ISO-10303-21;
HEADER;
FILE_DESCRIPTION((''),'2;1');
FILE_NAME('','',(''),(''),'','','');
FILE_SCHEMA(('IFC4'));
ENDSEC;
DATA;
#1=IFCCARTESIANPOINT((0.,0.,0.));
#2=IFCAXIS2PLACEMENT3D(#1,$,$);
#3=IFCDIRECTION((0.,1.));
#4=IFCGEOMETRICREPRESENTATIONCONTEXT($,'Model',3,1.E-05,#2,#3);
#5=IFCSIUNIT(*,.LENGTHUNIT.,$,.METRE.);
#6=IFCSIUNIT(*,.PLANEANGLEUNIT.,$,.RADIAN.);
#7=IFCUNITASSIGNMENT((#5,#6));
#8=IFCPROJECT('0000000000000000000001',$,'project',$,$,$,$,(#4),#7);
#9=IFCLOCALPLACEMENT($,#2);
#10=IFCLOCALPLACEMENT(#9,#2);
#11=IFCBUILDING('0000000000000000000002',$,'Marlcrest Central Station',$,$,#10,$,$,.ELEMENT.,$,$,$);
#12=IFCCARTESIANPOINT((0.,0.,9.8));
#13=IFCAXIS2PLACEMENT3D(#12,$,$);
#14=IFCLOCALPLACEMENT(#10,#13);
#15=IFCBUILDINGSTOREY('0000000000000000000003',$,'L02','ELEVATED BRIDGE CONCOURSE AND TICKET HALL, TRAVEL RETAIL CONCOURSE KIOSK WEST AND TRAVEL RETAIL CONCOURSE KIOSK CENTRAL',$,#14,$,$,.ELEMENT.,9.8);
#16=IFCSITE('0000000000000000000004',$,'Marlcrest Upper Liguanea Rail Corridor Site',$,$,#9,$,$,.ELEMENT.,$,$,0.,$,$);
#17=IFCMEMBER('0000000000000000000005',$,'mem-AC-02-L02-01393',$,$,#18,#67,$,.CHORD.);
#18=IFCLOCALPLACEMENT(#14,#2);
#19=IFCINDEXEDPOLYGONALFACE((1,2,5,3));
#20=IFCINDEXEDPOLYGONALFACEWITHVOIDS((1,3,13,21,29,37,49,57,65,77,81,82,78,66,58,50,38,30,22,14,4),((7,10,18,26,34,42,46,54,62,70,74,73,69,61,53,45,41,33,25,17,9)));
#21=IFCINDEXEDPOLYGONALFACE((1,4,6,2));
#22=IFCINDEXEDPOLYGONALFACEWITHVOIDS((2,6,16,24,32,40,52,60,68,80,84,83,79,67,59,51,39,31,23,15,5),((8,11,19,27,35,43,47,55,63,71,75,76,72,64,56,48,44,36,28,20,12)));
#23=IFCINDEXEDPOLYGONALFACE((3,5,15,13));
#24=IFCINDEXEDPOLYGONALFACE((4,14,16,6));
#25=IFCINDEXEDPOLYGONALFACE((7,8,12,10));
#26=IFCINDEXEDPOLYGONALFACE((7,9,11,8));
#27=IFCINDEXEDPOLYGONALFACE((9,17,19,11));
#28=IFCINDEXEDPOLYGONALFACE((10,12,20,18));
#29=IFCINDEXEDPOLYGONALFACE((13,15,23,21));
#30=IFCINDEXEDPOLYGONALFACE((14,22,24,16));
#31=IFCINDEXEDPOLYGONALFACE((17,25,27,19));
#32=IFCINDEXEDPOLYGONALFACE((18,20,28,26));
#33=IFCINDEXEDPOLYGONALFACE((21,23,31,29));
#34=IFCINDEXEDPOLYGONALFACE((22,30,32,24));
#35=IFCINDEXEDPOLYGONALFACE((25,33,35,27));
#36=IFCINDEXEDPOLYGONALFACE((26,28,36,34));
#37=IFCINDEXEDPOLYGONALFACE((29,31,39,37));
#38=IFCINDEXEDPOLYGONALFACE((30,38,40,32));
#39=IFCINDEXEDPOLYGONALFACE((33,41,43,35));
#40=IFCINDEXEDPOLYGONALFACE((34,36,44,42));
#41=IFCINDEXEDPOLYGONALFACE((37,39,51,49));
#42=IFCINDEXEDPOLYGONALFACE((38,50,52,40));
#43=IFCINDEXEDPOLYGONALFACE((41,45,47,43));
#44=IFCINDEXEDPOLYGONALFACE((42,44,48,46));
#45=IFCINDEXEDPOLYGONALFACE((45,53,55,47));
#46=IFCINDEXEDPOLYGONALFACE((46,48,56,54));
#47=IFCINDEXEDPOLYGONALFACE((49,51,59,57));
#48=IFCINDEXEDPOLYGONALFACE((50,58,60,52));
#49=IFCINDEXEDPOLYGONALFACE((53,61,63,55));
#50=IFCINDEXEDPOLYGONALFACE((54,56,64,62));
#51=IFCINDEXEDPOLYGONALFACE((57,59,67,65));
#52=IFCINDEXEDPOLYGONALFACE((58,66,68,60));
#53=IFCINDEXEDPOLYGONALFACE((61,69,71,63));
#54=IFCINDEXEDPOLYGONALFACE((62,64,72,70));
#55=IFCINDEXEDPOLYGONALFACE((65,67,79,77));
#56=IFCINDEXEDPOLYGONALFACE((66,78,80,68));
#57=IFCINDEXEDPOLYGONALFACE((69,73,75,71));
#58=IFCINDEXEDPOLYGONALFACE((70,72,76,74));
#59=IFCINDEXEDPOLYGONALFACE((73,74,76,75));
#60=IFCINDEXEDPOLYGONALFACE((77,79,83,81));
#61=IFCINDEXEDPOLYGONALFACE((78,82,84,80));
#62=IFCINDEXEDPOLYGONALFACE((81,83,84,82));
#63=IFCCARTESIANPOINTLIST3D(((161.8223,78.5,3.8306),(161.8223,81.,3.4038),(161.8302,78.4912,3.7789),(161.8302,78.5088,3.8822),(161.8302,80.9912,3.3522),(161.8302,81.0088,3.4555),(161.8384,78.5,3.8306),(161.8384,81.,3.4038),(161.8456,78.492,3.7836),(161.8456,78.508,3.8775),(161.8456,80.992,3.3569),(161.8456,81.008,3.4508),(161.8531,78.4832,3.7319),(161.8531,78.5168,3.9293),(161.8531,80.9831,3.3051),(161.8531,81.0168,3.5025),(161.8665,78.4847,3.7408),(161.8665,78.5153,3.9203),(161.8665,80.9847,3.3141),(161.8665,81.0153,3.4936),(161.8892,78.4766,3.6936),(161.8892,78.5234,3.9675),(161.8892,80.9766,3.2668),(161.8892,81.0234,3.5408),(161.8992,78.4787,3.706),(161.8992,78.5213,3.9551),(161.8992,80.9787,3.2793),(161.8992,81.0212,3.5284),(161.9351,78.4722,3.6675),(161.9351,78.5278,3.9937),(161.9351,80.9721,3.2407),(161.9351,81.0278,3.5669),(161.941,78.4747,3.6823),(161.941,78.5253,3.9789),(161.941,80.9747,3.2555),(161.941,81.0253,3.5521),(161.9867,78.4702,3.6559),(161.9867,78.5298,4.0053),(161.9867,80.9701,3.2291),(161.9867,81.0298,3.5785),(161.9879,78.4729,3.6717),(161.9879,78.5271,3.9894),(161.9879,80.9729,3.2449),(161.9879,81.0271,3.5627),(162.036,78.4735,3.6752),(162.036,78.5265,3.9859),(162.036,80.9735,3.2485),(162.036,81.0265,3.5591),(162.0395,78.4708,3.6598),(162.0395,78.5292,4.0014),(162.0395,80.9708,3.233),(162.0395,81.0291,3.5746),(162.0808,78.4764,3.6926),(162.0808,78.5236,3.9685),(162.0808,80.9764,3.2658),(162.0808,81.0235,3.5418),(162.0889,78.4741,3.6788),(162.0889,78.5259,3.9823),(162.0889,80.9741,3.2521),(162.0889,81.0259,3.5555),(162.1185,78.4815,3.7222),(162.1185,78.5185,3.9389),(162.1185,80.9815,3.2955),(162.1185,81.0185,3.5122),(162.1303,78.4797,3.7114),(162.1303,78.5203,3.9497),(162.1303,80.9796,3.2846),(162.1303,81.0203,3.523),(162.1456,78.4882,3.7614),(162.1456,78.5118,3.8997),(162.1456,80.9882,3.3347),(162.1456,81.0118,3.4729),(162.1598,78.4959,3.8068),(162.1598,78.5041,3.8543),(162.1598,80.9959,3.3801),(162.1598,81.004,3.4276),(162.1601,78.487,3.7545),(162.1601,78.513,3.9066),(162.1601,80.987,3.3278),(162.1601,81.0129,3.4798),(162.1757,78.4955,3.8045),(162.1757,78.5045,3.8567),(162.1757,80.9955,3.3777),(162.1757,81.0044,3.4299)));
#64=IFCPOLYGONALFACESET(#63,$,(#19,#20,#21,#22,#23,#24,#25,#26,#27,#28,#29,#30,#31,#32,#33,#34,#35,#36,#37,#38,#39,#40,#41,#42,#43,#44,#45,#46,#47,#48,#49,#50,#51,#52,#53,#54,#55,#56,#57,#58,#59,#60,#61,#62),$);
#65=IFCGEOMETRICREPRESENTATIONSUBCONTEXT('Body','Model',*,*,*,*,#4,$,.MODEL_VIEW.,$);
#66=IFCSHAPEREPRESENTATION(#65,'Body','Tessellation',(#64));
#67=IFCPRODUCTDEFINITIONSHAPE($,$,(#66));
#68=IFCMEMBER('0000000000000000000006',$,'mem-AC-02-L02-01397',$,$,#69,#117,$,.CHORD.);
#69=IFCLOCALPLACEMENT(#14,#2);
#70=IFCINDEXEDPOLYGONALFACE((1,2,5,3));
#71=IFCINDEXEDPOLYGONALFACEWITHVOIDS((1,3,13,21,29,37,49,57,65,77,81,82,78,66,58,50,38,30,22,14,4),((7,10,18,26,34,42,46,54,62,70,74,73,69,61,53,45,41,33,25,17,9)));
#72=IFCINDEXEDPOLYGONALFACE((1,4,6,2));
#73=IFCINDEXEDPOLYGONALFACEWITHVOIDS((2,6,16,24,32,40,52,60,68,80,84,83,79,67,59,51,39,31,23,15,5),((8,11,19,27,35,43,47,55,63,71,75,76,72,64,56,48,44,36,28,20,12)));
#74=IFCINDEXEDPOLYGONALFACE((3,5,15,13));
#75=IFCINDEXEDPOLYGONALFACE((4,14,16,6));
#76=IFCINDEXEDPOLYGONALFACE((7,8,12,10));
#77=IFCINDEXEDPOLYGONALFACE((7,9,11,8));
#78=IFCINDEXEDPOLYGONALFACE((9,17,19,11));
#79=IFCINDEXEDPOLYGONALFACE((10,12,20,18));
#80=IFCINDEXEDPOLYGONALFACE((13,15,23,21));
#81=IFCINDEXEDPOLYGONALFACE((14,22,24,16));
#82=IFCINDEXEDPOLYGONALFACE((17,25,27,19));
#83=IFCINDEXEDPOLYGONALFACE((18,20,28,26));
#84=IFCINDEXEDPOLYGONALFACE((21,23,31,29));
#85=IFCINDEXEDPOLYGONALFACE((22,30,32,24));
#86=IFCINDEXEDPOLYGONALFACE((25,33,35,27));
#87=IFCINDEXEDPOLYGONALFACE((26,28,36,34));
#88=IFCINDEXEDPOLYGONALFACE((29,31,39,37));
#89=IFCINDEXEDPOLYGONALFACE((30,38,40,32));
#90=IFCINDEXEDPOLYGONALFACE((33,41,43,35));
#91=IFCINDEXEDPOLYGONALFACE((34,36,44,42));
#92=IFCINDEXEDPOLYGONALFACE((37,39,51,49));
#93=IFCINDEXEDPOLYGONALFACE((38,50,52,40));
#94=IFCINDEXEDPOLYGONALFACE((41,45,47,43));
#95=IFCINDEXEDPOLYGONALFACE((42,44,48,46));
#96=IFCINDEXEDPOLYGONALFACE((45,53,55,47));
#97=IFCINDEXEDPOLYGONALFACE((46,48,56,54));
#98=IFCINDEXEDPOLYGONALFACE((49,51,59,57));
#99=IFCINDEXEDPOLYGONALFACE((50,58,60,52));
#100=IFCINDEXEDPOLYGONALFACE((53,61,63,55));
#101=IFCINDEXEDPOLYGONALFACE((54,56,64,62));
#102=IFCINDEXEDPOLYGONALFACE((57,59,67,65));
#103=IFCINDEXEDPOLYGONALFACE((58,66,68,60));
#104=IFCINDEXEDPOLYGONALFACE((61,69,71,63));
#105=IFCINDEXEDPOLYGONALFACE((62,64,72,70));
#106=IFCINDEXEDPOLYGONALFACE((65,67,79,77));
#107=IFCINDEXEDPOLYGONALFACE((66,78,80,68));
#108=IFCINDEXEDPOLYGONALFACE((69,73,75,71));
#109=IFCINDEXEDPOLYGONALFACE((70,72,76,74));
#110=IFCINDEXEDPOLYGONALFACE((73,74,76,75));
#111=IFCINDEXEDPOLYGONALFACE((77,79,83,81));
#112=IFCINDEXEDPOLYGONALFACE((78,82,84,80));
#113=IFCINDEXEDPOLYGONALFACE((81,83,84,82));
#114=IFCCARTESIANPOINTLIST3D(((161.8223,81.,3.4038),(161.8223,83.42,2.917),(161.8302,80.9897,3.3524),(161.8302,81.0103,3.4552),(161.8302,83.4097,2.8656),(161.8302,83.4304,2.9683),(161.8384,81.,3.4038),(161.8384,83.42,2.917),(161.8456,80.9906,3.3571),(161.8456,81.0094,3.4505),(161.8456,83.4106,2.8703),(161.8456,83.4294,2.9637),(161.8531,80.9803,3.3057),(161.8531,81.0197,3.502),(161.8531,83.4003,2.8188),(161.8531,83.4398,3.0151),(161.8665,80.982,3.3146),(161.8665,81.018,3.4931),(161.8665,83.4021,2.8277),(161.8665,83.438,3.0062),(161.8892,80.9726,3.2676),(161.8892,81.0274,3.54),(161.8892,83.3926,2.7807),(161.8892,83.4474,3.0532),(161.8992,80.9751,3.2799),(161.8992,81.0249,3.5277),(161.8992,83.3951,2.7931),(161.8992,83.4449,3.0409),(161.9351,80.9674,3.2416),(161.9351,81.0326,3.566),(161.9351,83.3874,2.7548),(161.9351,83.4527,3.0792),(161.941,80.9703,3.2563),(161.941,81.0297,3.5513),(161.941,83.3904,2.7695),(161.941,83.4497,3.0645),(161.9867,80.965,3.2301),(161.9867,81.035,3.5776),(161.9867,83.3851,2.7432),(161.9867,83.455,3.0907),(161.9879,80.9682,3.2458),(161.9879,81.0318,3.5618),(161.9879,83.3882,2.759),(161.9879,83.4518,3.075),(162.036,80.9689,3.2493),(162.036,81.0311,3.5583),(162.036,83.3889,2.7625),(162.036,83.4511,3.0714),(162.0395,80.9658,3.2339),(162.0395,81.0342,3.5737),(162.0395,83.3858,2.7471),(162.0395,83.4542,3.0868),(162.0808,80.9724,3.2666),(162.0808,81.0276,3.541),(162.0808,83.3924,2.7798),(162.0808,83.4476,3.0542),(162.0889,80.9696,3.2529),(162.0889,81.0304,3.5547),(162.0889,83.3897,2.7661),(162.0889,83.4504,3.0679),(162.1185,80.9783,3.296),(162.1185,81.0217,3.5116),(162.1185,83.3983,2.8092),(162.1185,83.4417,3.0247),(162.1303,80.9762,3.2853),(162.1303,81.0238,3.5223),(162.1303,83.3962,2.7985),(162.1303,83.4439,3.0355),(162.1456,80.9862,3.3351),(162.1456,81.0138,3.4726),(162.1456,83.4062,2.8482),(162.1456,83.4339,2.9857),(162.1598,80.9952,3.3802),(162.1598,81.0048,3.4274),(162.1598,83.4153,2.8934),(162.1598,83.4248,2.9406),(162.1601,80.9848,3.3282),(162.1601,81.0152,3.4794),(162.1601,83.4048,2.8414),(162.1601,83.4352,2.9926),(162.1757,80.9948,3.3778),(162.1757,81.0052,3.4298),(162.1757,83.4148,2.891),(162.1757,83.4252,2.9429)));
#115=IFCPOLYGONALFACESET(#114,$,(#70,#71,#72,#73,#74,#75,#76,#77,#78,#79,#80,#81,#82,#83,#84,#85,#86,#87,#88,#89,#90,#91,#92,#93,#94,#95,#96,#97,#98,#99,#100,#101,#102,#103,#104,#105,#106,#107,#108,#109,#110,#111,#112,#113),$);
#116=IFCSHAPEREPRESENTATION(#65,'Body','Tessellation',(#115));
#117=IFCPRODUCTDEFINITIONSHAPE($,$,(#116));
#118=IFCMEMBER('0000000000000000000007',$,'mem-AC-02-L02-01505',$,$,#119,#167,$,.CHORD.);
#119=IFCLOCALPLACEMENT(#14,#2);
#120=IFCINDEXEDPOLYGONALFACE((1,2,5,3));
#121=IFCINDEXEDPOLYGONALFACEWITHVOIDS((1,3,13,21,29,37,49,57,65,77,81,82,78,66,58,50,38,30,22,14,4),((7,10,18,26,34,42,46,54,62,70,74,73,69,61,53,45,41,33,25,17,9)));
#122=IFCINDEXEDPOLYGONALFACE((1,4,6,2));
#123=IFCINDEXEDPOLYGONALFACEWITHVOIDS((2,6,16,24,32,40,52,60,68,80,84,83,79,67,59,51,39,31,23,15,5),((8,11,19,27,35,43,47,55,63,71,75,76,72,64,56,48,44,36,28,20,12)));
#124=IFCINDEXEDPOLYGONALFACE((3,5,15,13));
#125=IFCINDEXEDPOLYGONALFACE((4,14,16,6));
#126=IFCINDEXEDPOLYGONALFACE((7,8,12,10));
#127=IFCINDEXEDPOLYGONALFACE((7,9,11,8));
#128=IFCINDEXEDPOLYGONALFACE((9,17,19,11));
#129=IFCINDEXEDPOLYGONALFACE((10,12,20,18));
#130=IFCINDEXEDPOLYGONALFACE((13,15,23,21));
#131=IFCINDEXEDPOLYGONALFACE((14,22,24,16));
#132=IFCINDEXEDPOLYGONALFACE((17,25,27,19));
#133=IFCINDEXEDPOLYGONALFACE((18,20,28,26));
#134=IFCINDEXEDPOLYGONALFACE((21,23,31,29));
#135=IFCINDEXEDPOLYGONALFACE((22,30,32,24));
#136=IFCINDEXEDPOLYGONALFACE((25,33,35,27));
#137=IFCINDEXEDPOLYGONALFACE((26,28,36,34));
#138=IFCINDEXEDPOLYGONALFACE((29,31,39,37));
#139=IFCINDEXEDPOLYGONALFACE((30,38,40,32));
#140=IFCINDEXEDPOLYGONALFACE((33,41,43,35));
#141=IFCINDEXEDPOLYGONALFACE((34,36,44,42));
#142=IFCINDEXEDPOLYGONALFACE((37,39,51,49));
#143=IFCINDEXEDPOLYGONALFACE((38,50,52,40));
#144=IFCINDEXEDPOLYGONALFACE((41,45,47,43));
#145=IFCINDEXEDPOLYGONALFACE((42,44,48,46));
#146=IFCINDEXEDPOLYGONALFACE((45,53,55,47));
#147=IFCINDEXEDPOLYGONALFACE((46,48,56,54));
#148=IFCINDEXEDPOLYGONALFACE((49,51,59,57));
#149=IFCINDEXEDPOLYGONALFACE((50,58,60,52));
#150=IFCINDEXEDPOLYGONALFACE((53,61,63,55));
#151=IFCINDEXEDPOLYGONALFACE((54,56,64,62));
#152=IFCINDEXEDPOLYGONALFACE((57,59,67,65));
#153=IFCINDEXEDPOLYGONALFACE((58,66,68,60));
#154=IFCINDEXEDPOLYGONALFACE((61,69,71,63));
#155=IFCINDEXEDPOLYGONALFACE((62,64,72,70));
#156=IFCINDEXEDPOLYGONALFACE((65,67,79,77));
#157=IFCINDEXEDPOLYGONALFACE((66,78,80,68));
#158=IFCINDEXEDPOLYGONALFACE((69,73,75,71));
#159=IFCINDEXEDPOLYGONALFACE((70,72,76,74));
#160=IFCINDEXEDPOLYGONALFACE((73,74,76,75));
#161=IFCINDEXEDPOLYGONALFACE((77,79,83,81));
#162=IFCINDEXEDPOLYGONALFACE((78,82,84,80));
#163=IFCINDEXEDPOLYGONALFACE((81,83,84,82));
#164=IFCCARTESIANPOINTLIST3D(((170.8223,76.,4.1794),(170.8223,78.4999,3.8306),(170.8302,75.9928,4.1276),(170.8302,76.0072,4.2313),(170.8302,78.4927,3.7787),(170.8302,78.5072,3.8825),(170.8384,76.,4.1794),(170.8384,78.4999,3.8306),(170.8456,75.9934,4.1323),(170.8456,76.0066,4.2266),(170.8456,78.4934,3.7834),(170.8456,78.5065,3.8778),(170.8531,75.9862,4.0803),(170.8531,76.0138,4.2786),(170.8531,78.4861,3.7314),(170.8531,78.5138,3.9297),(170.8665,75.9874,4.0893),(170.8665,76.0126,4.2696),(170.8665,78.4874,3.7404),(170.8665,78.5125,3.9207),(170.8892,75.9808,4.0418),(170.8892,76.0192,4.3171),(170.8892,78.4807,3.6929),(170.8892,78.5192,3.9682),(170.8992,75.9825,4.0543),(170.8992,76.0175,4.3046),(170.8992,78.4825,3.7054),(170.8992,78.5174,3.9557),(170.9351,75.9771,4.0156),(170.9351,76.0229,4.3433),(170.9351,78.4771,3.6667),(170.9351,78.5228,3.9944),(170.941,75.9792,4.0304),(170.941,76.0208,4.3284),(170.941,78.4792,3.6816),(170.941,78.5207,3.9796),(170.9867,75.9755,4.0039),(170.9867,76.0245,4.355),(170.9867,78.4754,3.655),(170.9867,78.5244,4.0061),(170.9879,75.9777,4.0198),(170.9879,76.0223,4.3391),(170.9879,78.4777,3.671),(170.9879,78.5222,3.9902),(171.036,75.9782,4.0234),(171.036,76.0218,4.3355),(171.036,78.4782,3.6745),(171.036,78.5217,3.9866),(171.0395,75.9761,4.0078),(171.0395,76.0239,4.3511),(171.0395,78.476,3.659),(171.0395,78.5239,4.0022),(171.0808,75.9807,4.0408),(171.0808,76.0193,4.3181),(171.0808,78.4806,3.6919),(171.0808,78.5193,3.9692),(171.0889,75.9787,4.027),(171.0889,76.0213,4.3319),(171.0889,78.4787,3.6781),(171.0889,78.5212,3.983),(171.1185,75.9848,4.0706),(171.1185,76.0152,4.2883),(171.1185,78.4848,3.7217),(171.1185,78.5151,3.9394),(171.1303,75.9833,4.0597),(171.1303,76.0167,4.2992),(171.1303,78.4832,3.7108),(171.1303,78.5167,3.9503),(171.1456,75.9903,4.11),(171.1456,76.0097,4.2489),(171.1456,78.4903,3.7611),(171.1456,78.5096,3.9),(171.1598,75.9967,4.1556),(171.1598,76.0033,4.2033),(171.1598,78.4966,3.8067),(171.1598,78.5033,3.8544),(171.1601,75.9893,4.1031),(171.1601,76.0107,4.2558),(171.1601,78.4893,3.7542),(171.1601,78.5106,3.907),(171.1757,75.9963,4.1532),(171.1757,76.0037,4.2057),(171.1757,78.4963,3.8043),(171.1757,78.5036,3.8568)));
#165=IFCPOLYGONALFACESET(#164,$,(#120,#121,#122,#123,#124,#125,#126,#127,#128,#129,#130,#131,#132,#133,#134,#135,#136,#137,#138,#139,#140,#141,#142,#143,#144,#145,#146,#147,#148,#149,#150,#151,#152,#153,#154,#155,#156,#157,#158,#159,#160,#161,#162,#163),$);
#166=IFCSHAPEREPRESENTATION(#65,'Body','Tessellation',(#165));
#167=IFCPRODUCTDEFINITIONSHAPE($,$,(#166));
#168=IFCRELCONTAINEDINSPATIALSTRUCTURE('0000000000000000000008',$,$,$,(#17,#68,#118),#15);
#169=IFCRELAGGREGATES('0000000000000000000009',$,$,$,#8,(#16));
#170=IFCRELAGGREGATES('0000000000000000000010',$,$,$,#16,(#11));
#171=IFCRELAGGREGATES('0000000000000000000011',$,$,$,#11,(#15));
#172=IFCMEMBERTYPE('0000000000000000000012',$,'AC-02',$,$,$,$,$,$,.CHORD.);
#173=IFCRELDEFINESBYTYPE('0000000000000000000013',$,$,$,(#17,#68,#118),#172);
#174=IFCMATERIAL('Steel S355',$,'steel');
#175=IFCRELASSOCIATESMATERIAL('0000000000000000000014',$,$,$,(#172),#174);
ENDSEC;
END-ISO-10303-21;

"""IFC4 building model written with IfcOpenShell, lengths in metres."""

from ifc_helpers import new_model, si_unit, direction, frame, origin, origin_2d, place, context, subcontext, project, spatial, hollow_circle, extrude, material, material_profile, profile_set, type_object, element, save


model = new_model("IFC4")

# Units and contexts
model_context = context("Model", 3, precision=1e-05, world=origin(), true_north=direction((0.0, 1.0)))
body_context = subcontext(model_context, "Body", "Model", "MODEL_VIEW")
ifc_project = project(units=[si_unit("LENGTHUNIT", "METRE"), si_unit("PLANEANGLEUNIT", "RADIAN")], contexts=[model_context])

# Site, building, storey
site_placement = place(None, origin())
site = spatial("IfcSite", under=ifc_project, at=site_placement, Name="Marlcrest Upper Liguanea Rail Corridor Site", CompositionType="ELEMENT", RefElevation=0.0)
building_placement = place(site_placement, origin())
building = spatial("IfcBuilding", under=site, at=building_placement, Name="Marlcrest Central Station", CompositionType="ELEMENT")
storey_placement = place(building_placement, frame((0.0, 0.0, 9.8)))
storey = spatial("IfcBuildingStorey", under=building, at=storey_placement, Name="L02", Description="ELEVATED BRIDGE CONCOURSE AND TICKET HALL, TRAVEL RETAIL CONCOURSE KIOSK WEST AND TRAVEL RETAIL CONCOURSE KIOSK CENTRAL", CompositionType="ELEMENT", Elevation=9.8)

# Members
ifc_material_1 = material(Name="Steel S355", Category="steel")
ifc_material_profile_1 = material_profile(ifc_material_1, hollow_circle(Radius=0.1777, WallThickness=0.0161, at=origin_2d()), Name="CHS 355.6x16")
ifc_profile_set_1 = profile_set([ifc_material_profile_1], Name="Steel S355")
member_type_1 = type_object("IfcMemberType", Name="AC-02", PredefinedType="CHORD", material=ifc_profile_set_1)
member_1_placement = place(storey_placement, frame((162.0, 78.5, 3.8306), z_axis=(0.0, 0.985741, -0.168269), x_axis=(-1.0, 0.0, 0.0)))
element("IfcMember", 1, at=member_1_placement, inside=storey, type_object=member_type_1, Name="mem-AC-02-L02-01393", PredefinedType="CHORD", context=body_context, shape_type="SweptSolid", body=[
    extrude(hollow_circle(Radius=0.1777, WallThickness=0.0161, at=origin_2d()), origin(), (0.0, 0.0, 1.0), 2.5361),
])
member_2_placement = place(storey_placement, frame((162.0, 81.0, 3.4038), z_axis=(0.0, 0.980359, -0.197219), x_axis=(-1.0, 0.0, 0.0)))
element("IfcMember", 2, at=member_2_placement, inside=storey, type_object=member_type_1, Name="mem-AC-02-L02-01397", PredefinedType="CHORD", context=body_context, shape_type="SweptSolid", body=[
    extrude(hollow_circle(Radius=0.1777, WallThickness=0.0161, at=origin_2d()), origin(), (0.0, 0.0, 1.0), 2.4685),
])
member_3_placement = place(storey_placement, frame((171.0, 76.0, 4.1794), z_axis=(0.0, 0.990403, -0.138211), x_axis=(-1.0, 0.0, 0.0)))
element("IfcMember", 3, at=member_3_placement, inside=storey, type_object=member_type_1, Name="mem-AC-02-L02-01505", PredefinedType="CHORD", context=body_context, shape_type="SweptSolid", body=[
    extrude(hollow_circle(Radius=0.1777, WallThickness=0.0161, at=origin_2d()), origin(), (0.0, 0.0, 1.0), 2.5242),
])

save(model, "model.ifc")
